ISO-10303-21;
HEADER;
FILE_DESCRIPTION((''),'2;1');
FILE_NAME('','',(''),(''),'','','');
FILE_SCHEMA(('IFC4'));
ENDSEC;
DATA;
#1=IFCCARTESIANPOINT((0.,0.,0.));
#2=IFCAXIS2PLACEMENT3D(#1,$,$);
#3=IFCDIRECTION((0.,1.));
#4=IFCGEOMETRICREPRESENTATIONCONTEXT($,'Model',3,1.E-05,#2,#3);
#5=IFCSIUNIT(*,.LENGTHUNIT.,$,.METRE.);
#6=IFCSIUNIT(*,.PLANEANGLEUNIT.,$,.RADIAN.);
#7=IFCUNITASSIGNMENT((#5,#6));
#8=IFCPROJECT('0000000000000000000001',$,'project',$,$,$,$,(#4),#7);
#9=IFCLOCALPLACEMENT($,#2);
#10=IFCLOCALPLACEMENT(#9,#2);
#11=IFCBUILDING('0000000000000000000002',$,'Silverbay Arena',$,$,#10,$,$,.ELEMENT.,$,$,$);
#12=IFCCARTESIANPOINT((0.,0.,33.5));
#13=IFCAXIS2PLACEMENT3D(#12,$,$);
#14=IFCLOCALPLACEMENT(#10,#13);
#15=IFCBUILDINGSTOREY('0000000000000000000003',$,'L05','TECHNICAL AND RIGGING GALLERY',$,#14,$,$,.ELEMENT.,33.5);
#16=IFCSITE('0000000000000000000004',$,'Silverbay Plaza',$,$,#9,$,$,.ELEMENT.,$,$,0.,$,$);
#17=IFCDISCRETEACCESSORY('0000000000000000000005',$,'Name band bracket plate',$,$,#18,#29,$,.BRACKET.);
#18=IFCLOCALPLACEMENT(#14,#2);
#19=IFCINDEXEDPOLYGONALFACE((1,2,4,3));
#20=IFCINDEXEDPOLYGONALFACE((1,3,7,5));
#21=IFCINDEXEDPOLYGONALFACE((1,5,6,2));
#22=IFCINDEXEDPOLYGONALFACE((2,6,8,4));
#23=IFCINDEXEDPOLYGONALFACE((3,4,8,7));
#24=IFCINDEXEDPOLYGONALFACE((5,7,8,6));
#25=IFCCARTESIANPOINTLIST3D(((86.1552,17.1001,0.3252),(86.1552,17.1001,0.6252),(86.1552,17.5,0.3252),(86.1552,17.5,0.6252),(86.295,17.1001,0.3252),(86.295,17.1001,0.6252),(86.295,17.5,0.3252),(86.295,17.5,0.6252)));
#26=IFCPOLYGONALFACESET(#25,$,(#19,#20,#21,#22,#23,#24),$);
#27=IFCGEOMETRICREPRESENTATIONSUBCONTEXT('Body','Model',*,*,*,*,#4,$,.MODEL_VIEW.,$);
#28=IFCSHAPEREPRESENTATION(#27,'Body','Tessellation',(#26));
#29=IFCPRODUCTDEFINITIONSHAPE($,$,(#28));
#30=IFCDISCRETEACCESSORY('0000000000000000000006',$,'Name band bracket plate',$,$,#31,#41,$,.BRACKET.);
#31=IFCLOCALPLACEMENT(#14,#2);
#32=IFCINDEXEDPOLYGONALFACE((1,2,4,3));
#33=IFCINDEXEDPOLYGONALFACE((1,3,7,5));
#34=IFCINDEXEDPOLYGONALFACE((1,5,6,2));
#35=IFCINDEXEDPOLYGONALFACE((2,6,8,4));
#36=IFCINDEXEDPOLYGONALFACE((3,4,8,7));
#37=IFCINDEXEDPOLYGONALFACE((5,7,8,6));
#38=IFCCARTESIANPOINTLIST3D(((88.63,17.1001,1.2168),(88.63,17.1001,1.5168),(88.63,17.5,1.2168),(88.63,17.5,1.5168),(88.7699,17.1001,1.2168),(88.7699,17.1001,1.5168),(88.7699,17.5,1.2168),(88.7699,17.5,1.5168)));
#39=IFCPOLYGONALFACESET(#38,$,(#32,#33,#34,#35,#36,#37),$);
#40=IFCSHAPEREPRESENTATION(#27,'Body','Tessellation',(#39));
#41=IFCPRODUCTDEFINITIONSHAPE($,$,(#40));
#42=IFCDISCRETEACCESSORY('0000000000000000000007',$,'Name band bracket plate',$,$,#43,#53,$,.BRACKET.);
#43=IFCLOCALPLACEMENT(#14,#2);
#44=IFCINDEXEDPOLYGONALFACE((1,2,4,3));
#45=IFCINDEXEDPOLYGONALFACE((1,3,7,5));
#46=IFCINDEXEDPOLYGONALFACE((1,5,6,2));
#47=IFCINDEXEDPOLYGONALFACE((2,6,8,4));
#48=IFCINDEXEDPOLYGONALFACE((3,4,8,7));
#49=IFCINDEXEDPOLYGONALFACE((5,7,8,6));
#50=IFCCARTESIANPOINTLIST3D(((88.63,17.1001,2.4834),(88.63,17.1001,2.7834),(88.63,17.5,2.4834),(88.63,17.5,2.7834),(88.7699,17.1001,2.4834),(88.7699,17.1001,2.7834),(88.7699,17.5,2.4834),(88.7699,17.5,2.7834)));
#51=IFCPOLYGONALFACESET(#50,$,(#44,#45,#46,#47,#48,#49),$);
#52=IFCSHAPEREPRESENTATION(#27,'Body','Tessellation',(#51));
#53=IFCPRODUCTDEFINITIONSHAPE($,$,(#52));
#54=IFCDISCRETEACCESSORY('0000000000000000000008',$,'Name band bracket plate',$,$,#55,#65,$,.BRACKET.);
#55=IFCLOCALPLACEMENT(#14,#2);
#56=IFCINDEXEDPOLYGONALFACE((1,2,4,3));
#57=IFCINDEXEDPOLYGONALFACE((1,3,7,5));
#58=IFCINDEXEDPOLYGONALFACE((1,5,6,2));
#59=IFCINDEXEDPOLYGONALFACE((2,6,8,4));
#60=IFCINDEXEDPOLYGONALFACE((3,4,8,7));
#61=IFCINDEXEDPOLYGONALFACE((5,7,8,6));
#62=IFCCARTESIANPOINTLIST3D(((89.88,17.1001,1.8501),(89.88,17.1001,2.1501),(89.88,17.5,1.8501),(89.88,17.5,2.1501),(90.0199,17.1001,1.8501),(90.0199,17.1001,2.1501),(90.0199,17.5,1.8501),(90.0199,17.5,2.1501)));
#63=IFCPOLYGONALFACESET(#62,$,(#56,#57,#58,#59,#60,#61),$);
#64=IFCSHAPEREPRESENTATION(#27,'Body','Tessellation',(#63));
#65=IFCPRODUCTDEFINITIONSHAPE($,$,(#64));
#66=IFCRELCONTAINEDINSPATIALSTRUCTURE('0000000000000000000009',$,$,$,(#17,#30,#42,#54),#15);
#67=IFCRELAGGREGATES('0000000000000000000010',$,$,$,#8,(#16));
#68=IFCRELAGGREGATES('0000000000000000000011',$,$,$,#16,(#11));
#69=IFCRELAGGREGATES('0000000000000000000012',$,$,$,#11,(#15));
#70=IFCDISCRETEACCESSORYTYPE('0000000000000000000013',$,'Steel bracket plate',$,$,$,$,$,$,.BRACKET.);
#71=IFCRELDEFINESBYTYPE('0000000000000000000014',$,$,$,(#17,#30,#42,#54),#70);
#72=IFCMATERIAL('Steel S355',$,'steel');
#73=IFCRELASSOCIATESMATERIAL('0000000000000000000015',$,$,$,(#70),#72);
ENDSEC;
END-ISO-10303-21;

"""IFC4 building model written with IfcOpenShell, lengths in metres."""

from ifc_helpers import new_model, si_unit, direction, frame, origin, origin_2d, place, context, subcontext, project, spatial, rectangle, extrude, material, type_object, element, save


model = new_model("IFC4")

# Units and contexts
model_context = context("Model", 3, precision=1e-05, world=origin(), true_north=direction((0.0, 1.0)))
body_context = subcontext(model_context, "Body", "Model", "MODEL_VIEW")
ifc_project = project(units=[si_unit("LENGTHUNIT", "METRE"), si_unit("PLANEANGLEUNIT", "RADIAN")], contexts=[model_context])

# Site, building, storey
site_placement = place(None, origin())
site = spatial("IfcSite", under=ifc_project, at=site_placement, Name="Silverbay Plaza", CompositionType="ELEMENT", RefElevation=0.0)
building_placement = place(site_placement, origin())
building = spatial("IfcBuilding", under=site, at=building_placement, Name="Silverbay Arena", CompositionType="ELEMENT")
storey_placement = place(building_placement, frame((0.0, 0.0, 33.5)))
storey = spatial("IfcBuildingStorey", under=building, at=storey_placement, Name="L05", Description="TECHNICAL AND RIGGING GALLERY", CompositionType="ELEMENT", Elevation=33.5)

# Discrete accessories
ifc_material_1 = material(Name="Steel S355", Category="steel")
discrete_accessory_type = type_object("IfcDiscreteAccessoryType", Name="Steel bracket plate", PredefinedType="BRACKET", material=ifc_material_1)
for number, where, z_axis, x_axis, name in (
    (1, (86.2251, 17.3, 0.3252), (0.0, 0.0, 1.0), (1.0, 0.0, 0.0), "Name band bracket plate"),
    (2, (88.7, 17.3, 1.2168), (0.0, 0.0, 1.0), (1.0, 0.0, 0.0), "Name band bracket plate"),
    (3, (88.7, 17.3, 2.4834), (0.0, 0.0, 1.0), (1.0, 0.0, 0.0), "Name band bracket plate"),
    (4, (89.95, 17.3, 1.8501), (0.0, 0.0, 1.0), (1.0, 0.0, 0.0), "Name band bracket plate"),
):
    element("IfcDiscreteAccessory", number, at=place(storey_placement, frame(where, z_axis=z_axis, x_axis=x_axis)), inside=storey, type_object=discrete_accessory_type, Name=name, PredefinedType="BRACKET", context=body_context, shape_type="SweptSolid", body=[
        extrude(rectangle(XDim=0.1399, YDim=0.3999, at=origin_2d()), origin(), (0.0, 0.0, 1.0), 0.3),
    ])

save(model, "model.ifc")
